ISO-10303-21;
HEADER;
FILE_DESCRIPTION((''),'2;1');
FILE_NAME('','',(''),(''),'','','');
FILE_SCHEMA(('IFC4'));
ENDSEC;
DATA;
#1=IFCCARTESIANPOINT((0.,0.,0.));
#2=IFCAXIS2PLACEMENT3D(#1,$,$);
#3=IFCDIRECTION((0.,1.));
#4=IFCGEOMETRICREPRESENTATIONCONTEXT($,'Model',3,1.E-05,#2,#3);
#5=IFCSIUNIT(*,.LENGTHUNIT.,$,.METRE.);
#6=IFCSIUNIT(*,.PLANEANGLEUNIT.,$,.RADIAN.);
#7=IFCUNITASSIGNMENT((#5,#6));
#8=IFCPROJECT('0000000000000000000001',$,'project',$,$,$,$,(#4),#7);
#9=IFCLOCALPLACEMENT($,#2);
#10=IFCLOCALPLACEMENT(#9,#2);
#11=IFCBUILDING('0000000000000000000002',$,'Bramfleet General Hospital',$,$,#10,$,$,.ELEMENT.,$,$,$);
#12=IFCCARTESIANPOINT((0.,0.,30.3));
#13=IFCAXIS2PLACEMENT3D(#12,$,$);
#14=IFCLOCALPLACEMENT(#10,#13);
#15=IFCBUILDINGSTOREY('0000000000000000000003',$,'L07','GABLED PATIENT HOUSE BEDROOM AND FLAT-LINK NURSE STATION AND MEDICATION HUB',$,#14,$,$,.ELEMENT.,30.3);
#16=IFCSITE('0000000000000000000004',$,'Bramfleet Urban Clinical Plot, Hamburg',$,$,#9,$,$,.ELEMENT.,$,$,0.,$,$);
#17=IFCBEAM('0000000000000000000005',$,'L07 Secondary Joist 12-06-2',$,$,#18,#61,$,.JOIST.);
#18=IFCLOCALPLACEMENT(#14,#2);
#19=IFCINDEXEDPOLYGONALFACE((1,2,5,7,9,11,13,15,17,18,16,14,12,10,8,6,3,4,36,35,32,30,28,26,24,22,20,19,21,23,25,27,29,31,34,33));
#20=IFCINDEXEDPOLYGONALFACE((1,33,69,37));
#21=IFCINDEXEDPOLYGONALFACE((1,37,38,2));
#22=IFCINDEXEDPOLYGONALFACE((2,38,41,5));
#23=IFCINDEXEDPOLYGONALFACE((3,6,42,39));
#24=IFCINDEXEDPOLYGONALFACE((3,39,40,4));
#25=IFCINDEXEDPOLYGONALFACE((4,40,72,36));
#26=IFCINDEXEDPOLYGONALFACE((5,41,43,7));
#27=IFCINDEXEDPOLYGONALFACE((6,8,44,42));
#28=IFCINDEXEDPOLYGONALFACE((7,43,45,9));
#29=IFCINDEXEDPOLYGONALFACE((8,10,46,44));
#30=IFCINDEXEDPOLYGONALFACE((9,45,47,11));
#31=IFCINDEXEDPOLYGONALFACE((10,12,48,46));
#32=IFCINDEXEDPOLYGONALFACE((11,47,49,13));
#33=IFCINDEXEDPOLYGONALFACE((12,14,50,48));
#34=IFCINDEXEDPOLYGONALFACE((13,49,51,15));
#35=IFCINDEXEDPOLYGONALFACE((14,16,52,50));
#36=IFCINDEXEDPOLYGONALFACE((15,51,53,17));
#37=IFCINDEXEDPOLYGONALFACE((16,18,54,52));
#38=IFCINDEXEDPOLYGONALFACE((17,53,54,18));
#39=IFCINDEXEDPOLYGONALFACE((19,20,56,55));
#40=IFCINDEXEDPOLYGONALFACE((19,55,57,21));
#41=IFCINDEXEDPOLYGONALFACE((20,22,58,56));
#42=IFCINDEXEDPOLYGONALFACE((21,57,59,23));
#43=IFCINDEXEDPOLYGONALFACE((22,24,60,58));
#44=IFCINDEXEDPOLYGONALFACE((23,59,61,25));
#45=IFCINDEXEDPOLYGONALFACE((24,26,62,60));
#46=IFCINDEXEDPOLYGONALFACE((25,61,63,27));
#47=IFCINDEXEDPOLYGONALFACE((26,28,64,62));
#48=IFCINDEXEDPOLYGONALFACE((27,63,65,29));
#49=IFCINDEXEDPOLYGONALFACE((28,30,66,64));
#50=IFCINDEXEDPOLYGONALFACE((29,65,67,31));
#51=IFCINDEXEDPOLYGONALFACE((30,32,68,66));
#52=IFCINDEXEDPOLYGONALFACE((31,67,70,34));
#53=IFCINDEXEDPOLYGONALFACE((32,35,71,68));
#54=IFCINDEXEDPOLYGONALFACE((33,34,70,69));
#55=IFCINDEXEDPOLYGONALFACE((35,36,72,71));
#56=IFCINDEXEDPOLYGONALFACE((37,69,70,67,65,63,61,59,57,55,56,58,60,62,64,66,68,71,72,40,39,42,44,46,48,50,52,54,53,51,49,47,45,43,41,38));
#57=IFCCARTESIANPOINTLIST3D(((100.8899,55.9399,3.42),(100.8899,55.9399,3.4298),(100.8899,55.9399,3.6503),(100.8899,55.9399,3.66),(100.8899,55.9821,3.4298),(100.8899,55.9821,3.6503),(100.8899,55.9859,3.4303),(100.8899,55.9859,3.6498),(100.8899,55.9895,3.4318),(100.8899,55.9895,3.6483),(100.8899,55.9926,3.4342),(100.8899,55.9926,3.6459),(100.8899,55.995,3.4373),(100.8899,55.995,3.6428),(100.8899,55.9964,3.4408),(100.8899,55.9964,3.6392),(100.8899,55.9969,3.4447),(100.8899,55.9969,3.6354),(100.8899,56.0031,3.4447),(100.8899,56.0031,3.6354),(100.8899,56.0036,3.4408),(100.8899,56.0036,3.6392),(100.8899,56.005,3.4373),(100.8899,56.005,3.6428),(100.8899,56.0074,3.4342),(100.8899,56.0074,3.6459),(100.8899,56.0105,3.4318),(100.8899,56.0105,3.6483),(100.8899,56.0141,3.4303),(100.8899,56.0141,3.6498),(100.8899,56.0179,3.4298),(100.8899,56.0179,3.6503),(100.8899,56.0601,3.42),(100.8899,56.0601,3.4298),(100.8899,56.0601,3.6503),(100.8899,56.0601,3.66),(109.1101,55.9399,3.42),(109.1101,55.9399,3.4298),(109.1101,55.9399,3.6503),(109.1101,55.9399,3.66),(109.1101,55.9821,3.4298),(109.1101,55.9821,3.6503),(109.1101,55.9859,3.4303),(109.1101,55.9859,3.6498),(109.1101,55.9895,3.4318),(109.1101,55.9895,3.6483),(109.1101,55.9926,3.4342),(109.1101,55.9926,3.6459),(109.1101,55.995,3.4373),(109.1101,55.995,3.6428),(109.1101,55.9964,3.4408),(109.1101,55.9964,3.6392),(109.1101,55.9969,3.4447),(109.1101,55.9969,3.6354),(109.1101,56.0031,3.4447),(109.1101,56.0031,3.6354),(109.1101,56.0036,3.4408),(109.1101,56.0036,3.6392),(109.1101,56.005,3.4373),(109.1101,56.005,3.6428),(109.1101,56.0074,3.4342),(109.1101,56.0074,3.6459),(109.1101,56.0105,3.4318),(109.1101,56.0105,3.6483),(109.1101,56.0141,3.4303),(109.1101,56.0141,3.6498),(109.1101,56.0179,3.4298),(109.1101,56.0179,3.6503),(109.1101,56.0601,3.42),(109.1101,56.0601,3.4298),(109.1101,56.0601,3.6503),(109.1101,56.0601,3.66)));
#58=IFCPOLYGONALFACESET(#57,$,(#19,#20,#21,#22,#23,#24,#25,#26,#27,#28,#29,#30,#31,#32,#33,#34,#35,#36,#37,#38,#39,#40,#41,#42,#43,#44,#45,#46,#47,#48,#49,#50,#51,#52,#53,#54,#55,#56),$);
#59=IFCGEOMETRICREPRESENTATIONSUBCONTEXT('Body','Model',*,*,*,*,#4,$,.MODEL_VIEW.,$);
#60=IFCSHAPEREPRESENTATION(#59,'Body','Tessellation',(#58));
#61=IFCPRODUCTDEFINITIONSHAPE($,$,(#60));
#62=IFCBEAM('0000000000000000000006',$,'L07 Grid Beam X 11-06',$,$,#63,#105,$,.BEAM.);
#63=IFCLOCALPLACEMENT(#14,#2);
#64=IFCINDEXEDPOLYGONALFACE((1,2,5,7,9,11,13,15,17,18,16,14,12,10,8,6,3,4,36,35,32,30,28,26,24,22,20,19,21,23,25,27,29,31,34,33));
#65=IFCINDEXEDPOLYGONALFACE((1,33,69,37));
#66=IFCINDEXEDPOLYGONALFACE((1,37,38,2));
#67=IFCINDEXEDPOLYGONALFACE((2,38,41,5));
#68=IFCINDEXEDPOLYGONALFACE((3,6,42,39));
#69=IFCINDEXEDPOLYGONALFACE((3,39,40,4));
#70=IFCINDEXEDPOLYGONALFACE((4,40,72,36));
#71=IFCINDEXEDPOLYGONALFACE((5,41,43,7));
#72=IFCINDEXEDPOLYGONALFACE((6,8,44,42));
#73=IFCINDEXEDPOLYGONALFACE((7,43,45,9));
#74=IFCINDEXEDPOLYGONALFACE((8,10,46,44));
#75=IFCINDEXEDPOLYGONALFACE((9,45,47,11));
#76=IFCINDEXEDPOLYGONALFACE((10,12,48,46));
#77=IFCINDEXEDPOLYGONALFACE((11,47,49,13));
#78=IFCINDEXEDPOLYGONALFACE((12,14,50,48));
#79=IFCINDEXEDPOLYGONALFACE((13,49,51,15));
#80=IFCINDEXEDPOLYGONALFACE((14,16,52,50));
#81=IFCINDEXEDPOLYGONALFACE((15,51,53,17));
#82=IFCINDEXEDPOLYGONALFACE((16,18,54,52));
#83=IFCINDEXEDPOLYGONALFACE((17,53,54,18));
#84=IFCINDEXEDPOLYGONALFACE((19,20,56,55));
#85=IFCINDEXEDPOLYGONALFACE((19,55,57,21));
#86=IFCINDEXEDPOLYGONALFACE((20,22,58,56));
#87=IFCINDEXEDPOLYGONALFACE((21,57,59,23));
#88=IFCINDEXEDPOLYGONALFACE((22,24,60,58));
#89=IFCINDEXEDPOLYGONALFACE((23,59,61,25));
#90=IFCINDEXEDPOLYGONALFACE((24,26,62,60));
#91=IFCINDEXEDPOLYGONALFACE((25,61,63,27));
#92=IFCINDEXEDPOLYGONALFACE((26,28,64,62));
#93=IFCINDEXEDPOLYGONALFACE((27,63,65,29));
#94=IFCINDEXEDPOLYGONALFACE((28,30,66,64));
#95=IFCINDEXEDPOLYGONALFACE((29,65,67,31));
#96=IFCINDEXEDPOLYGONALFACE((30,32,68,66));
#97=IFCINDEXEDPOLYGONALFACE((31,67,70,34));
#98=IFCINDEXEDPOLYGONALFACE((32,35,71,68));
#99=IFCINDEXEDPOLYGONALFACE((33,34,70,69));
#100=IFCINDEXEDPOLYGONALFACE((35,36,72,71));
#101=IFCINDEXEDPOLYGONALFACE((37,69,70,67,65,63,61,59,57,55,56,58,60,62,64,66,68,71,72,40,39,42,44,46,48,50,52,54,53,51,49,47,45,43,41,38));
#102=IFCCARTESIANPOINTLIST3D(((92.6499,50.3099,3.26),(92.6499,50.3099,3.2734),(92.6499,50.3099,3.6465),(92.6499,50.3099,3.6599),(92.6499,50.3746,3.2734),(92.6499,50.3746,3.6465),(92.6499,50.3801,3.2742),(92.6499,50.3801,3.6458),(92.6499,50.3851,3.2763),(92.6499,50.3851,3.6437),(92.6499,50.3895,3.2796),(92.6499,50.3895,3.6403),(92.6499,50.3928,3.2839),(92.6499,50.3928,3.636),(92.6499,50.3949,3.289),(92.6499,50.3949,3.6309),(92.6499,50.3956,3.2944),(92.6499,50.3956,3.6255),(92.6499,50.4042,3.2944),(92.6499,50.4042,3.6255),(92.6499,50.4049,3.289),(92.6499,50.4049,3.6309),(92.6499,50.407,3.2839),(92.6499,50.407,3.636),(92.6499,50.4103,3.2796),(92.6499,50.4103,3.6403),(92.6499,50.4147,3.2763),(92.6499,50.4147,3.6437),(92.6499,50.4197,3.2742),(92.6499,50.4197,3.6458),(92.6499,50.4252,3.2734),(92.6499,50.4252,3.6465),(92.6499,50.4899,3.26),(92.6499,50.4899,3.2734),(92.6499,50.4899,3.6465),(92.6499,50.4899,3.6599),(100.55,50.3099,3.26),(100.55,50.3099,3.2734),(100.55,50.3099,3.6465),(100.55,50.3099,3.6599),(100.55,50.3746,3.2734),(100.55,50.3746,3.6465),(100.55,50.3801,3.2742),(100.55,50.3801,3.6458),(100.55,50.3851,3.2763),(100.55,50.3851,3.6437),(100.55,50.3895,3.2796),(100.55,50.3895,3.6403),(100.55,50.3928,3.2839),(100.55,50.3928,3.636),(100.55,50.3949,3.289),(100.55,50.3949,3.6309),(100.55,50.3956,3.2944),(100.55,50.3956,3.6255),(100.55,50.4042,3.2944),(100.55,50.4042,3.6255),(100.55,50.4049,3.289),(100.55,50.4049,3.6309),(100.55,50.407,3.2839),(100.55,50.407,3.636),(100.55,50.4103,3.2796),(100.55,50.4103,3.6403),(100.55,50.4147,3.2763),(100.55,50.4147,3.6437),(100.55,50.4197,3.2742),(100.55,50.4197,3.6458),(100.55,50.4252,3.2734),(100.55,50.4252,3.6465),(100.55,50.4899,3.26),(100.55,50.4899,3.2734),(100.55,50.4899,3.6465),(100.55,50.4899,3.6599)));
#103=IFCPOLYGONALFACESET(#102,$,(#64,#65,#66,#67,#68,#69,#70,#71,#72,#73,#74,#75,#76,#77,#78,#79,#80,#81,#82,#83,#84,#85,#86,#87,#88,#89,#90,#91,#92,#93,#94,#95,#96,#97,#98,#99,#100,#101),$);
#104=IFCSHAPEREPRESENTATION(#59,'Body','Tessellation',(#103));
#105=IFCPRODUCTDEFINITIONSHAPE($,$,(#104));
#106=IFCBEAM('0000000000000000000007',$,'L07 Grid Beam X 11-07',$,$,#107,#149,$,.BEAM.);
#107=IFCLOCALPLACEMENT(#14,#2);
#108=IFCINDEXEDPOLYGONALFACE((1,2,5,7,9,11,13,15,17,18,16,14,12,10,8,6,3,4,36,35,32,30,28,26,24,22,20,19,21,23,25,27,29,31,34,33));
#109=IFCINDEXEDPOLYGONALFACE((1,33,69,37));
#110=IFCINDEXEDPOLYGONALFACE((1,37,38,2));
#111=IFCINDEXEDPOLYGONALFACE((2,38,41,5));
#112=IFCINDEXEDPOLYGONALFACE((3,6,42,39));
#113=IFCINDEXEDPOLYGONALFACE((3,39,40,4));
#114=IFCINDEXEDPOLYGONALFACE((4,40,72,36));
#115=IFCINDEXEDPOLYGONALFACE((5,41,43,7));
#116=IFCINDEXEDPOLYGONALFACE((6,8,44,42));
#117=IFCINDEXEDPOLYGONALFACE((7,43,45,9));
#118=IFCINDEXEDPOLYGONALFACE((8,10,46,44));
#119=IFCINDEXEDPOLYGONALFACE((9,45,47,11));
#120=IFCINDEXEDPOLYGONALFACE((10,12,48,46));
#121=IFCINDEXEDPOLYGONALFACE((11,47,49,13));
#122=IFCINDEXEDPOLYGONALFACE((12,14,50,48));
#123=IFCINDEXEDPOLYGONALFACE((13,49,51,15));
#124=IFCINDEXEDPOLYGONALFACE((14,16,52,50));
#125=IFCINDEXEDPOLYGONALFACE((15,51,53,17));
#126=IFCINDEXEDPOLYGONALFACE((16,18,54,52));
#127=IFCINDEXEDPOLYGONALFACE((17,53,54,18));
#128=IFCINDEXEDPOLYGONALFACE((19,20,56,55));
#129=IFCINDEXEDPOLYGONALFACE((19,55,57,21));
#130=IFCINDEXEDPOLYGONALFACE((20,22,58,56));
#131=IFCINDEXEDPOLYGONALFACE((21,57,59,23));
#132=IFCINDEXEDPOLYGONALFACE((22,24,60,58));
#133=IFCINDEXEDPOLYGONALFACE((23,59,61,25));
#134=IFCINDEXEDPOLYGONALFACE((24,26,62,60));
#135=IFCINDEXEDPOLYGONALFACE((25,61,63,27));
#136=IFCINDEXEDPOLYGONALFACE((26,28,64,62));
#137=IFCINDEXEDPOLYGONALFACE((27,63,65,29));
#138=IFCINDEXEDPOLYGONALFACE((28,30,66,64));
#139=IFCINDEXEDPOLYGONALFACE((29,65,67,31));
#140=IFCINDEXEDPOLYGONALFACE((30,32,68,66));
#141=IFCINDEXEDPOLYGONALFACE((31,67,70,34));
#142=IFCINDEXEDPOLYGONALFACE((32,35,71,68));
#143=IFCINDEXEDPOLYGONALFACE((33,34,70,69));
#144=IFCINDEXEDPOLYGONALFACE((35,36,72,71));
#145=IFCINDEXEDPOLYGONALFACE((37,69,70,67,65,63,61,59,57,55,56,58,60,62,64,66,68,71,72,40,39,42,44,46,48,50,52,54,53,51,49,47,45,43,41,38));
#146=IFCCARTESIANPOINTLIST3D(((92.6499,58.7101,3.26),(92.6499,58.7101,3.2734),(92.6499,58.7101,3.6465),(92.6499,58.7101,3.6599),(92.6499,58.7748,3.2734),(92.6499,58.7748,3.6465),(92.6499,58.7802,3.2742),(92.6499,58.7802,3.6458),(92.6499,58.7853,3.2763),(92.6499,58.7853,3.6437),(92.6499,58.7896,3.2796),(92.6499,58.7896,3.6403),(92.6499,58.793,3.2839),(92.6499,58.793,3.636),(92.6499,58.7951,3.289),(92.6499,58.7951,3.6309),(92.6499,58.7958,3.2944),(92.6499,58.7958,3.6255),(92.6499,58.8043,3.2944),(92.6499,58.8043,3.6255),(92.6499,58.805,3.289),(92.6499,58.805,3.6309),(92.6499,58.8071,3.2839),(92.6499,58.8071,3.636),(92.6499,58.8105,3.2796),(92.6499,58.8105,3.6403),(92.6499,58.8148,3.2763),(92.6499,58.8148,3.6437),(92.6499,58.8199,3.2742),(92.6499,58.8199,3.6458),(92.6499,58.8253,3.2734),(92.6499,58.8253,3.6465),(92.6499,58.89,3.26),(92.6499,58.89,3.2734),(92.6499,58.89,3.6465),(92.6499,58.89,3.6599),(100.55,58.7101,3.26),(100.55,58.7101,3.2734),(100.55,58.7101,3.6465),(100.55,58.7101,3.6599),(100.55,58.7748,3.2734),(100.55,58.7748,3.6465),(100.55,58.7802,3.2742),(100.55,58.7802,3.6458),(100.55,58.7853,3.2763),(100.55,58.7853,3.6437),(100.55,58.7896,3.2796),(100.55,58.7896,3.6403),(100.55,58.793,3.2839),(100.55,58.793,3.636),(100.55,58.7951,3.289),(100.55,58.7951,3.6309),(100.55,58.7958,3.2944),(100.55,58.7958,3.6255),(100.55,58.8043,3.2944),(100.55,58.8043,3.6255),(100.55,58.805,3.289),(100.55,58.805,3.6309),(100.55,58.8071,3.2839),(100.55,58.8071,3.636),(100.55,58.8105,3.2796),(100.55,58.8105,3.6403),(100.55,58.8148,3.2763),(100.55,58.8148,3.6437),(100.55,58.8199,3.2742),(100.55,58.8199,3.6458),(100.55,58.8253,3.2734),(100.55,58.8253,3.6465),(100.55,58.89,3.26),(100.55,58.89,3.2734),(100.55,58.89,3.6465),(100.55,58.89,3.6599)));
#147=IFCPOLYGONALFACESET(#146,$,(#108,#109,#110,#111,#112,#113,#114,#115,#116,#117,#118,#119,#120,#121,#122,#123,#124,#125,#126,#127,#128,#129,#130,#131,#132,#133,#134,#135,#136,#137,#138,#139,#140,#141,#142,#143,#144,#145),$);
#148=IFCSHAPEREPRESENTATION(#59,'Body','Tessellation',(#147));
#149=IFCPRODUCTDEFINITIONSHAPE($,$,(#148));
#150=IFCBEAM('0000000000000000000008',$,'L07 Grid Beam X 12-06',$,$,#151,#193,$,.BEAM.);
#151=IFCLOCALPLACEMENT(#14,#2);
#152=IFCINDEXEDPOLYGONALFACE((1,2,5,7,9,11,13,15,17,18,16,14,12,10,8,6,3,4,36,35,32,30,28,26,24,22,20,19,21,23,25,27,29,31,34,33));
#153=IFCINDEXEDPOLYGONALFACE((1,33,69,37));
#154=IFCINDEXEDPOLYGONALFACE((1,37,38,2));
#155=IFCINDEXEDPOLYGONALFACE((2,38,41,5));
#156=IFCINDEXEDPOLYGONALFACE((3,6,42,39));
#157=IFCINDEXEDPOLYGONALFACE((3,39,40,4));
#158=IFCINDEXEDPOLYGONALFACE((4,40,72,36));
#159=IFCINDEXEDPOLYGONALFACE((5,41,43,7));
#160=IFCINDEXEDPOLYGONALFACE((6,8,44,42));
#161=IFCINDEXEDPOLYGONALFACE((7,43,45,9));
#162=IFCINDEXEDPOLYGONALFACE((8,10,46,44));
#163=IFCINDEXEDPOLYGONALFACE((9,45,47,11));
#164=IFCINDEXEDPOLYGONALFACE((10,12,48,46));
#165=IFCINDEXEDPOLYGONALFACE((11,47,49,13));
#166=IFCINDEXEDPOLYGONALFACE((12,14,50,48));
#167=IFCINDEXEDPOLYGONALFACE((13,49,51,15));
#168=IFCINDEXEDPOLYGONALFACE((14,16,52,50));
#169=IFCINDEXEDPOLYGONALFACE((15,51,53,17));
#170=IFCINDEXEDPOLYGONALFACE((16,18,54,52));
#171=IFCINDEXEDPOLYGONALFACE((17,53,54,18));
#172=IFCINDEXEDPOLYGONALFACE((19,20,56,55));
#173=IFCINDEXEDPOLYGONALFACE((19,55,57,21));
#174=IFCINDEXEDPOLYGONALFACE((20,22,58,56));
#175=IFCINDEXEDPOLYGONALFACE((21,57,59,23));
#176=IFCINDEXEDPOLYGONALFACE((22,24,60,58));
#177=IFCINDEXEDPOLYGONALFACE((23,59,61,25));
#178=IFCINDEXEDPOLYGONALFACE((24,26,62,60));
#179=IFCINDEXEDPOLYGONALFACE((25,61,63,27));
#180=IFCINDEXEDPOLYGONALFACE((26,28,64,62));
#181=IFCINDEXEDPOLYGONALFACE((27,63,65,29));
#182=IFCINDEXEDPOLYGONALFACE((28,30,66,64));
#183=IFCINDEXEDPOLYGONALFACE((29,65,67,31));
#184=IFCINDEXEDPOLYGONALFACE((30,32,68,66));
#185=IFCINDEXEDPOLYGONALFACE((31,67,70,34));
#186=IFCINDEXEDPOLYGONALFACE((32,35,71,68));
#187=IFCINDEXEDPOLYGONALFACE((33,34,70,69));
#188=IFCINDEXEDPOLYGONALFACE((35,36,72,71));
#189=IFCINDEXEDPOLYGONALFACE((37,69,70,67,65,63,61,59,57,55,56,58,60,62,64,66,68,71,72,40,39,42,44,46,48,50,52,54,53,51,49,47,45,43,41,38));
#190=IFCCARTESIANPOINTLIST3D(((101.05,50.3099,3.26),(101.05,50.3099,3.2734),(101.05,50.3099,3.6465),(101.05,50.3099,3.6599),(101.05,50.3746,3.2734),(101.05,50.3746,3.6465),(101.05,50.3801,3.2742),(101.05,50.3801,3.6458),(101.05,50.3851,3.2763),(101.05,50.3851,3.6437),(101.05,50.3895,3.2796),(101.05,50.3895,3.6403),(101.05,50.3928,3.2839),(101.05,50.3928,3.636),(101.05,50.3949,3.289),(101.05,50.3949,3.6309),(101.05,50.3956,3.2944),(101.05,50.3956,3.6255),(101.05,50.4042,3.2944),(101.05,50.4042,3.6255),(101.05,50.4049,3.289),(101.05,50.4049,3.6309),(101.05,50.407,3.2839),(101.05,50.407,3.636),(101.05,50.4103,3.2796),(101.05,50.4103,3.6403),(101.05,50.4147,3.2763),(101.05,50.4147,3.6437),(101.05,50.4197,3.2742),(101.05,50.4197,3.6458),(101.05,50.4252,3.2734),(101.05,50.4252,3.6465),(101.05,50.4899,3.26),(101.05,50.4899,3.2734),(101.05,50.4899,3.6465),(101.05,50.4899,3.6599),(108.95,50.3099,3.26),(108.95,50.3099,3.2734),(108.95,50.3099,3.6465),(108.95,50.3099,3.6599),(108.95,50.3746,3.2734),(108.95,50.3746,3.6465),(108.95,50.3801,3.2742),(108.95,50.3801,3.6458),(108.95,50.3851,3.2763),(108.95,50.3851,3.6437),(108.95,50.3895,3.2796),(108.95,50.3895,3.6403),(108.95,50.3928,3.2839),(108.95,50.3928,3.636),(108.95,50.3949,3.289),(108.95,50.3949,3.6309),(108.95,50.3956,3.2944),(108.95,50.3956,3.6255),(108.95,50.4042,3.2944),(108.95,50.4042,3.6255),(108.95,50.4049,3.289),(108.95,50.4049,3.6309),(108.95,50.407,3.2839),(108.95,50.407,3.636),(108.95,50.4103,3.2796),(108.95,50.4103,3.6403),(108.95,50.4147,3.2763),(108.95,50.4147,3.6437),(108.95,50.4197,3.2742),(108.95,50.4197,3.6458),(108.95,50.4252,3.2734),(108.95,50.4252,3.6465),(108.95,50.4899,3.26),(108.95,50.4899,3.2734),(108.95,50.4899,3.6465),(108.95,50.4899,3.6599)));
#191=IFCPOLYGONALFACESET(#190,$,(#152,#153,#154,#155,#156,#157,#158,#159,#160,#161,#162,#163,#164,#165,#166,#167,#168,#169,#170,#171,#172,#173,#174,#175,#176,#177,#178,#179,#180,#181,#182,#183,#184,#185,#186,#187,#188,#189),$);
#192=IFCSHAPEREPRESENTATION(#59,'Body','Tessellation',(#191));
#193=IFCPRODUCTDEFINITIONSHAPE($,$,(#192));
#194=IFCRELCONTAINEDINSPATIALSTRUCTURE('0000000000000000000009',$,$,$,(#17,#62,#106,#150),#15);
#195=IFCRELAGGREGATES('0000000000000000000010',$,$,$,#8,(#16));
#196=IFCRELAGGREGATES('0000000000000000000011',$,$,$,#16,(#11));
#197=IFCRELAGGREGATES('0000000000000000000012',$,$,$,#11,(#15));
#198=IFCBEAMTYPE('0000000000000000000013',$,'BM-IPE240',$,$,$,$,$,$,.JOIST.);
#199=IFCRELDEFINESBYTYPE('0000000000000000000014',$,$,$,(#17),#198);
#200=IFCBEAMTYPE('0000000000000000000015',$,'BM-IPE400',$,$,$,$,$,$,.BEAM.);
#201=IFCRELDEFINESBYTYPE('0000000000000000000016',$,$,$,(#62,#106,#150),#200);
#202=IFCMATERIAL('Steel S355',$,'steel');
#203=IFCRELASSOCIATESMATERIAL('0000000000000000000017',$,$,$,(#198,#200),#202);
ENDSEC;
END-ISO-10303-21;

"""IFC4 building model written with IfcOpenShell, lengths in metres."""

from ifc_helpers import new_model, si_unit, direction, frame, origin, origin_2d, place, context, subcontext, project, spatial, i_section, extrude, material, material_profile, profile_set, type_object, element, save


model = new_model("IFC4")

# Units and contexts
model_context = context("Model", 3, precision=1e-05, world=origin(), true_north=direction((0.0, 1.0)))
body_context = subcontext(model_context, "Body", "Model", "MODEL_VIEW")
ifc_project = project(units=[si_unit("LENGTHUNIT", "METRE"), si_unit("PLANEANGLEUNIT", "RADIAN")], contexts=[model_context])

# Site, building, storey
site_placement = place(None, origin())
site = spatial("IfcSite", under=ifc_project, at=site_placement, Name="Bramfleet Urban Clinical Plot, Hamburg", CompositionType="ELEMENT", RefElevation=0.0)
building_placement = place(site_placement, origin())
building = spatial("IfcBuilding", under=site, at=building_placement, Name="Bramfleet General Hospital", CompositionType="ELEMENT")
storey_placement = place(building_placement, frame((0.0, 0.0, 30.3)))
storey = spatial("IfcBuildingStorey", under=building, at=storey_placement, Name="L07", Description="GABLED PATIENT HOUSE BEDROOM AND FLAT-LINK NURSE STATION AND MEDICATION HUB", CompositionType="ELEMENT", Elevation=30.3)

# Beams
ifc_material_1 = material(Name="Steel S355", Category="steel")
ifc_material_profile_1 = material_profile(ifc_material_1, i_section(OverallWidth=0.1201, OverallDepth=0.24, WebThickness=0.0061, FlangeThickness=0.0098, FilletRadius=0.0149, at=origin_2d()), Name="IPE 240")
ifc_profile_set_1 = profile_set([ifc_material_profile_1], Name="Steel S355")
beam_type_1 = type_object("IfcBeamType", Name="BM-IPE240", PredefinedType="JOIST", material=ifc_profile_set_1)
for number, where, z_axis, x_axis, name in (
    (1, (100.8899, 56.0, 3.54), (1.0, 0.0, 0.0), (0.0, 1.0, 0.0), "L07 Secondary Joist 12-06-2"),
):
    element("IfcBeam", number, at=place(storey_placement, frame(where, z_axis=z_axis, x_axis=x_axis)), inside=storey, type_object=beam_type_1, Name=name, PredefinedType="JOIST", context=body_context, shape_type="SweptSolid", body=[
        extrude(i_section(OverallWidth=0.1201, OverallDepth=0.24, WebThickness=0.0061, FlangeThickness=0.0098, FilletRadius=0.0149, at=origin_2d()), origin(), (0.0, 0.0, 1.0), 8.2202),
    ])
ifc_material_profile_2 = material_profile(ifc_material_1, i_section(OverallWidth=0.1799, OverallDepth=0.3999, WebThickness=0.0085, FlangeThickness=0.0134, FilletRadius=0.021, at=origin_2d()), Name="IPE 400")
ifc_profile_set_2 = profile_set([ifc_material_profile_2], Name="Steel S355")
beam_type_2 = type_object("IfcBeamType", Name="BM-IPE400", PredefinedType="BEAM", material=ifc_profile_set_2)
for number, where, z_axis, x_axis, name in (
    (2, (92.6499, 50.3999, 3.46), (1.0, 0.0, 0.0), (0.0, 1.0, 0.0), "L07 Grid Beam X 11-06"),
    (3, (92.6499, 58.8, 3.46), (1.0, 0.0, 0.0), (0.0, 1.0, 0.0), "L07 Grid Beam X 11-07"),
):
    element("IfcBeam", number, at=place(storey_placement, frame(where, z_axis=z_axis, x_axis=x_axis)), inside=storey, type_object=beam_type_2, Name=name, PredefinedType="BEAM", context=body_context, shape_type="SweptSolid", body=[
        extrude(i_section(OverallWidth=0.1799, OverallDepth=0.3999, WebThickness=0.0085, FlangeThickness=0.0134, FilletRadius=0.021, at=origin_2d()), origin(), (0.0, 0.0, 1.0), 7.9001),
    ])
for number, where, z_axis, x_axis, name in (
    (4, (101.05, 50.3999, 3.46), (1.0, 0.0, 0.0), (0.0, 1.0, 0.0), "L07 Grid Beam X 12-06"),
):
    element("IfcBeam", number, at=place(storey_placement, frame(where, z_axis=z_axis, x_axis=x_axis)), inside=storey, type_object=beam_type_2, Name=name, PredefinedType="BEAM", context=body_context, shape_type="SweptSolid", body=[
        extrude(i_section(OverallWidth=0.1799, OverallDepth=0.3999, WebThickness=0.0085, FlangeThickness=0.0134, FilletRadius=0.021, at=origin_2d()), origin(), (0.0, 0.0, 1.0), 7.8999),
    ])

save(model, "model.ifc")
